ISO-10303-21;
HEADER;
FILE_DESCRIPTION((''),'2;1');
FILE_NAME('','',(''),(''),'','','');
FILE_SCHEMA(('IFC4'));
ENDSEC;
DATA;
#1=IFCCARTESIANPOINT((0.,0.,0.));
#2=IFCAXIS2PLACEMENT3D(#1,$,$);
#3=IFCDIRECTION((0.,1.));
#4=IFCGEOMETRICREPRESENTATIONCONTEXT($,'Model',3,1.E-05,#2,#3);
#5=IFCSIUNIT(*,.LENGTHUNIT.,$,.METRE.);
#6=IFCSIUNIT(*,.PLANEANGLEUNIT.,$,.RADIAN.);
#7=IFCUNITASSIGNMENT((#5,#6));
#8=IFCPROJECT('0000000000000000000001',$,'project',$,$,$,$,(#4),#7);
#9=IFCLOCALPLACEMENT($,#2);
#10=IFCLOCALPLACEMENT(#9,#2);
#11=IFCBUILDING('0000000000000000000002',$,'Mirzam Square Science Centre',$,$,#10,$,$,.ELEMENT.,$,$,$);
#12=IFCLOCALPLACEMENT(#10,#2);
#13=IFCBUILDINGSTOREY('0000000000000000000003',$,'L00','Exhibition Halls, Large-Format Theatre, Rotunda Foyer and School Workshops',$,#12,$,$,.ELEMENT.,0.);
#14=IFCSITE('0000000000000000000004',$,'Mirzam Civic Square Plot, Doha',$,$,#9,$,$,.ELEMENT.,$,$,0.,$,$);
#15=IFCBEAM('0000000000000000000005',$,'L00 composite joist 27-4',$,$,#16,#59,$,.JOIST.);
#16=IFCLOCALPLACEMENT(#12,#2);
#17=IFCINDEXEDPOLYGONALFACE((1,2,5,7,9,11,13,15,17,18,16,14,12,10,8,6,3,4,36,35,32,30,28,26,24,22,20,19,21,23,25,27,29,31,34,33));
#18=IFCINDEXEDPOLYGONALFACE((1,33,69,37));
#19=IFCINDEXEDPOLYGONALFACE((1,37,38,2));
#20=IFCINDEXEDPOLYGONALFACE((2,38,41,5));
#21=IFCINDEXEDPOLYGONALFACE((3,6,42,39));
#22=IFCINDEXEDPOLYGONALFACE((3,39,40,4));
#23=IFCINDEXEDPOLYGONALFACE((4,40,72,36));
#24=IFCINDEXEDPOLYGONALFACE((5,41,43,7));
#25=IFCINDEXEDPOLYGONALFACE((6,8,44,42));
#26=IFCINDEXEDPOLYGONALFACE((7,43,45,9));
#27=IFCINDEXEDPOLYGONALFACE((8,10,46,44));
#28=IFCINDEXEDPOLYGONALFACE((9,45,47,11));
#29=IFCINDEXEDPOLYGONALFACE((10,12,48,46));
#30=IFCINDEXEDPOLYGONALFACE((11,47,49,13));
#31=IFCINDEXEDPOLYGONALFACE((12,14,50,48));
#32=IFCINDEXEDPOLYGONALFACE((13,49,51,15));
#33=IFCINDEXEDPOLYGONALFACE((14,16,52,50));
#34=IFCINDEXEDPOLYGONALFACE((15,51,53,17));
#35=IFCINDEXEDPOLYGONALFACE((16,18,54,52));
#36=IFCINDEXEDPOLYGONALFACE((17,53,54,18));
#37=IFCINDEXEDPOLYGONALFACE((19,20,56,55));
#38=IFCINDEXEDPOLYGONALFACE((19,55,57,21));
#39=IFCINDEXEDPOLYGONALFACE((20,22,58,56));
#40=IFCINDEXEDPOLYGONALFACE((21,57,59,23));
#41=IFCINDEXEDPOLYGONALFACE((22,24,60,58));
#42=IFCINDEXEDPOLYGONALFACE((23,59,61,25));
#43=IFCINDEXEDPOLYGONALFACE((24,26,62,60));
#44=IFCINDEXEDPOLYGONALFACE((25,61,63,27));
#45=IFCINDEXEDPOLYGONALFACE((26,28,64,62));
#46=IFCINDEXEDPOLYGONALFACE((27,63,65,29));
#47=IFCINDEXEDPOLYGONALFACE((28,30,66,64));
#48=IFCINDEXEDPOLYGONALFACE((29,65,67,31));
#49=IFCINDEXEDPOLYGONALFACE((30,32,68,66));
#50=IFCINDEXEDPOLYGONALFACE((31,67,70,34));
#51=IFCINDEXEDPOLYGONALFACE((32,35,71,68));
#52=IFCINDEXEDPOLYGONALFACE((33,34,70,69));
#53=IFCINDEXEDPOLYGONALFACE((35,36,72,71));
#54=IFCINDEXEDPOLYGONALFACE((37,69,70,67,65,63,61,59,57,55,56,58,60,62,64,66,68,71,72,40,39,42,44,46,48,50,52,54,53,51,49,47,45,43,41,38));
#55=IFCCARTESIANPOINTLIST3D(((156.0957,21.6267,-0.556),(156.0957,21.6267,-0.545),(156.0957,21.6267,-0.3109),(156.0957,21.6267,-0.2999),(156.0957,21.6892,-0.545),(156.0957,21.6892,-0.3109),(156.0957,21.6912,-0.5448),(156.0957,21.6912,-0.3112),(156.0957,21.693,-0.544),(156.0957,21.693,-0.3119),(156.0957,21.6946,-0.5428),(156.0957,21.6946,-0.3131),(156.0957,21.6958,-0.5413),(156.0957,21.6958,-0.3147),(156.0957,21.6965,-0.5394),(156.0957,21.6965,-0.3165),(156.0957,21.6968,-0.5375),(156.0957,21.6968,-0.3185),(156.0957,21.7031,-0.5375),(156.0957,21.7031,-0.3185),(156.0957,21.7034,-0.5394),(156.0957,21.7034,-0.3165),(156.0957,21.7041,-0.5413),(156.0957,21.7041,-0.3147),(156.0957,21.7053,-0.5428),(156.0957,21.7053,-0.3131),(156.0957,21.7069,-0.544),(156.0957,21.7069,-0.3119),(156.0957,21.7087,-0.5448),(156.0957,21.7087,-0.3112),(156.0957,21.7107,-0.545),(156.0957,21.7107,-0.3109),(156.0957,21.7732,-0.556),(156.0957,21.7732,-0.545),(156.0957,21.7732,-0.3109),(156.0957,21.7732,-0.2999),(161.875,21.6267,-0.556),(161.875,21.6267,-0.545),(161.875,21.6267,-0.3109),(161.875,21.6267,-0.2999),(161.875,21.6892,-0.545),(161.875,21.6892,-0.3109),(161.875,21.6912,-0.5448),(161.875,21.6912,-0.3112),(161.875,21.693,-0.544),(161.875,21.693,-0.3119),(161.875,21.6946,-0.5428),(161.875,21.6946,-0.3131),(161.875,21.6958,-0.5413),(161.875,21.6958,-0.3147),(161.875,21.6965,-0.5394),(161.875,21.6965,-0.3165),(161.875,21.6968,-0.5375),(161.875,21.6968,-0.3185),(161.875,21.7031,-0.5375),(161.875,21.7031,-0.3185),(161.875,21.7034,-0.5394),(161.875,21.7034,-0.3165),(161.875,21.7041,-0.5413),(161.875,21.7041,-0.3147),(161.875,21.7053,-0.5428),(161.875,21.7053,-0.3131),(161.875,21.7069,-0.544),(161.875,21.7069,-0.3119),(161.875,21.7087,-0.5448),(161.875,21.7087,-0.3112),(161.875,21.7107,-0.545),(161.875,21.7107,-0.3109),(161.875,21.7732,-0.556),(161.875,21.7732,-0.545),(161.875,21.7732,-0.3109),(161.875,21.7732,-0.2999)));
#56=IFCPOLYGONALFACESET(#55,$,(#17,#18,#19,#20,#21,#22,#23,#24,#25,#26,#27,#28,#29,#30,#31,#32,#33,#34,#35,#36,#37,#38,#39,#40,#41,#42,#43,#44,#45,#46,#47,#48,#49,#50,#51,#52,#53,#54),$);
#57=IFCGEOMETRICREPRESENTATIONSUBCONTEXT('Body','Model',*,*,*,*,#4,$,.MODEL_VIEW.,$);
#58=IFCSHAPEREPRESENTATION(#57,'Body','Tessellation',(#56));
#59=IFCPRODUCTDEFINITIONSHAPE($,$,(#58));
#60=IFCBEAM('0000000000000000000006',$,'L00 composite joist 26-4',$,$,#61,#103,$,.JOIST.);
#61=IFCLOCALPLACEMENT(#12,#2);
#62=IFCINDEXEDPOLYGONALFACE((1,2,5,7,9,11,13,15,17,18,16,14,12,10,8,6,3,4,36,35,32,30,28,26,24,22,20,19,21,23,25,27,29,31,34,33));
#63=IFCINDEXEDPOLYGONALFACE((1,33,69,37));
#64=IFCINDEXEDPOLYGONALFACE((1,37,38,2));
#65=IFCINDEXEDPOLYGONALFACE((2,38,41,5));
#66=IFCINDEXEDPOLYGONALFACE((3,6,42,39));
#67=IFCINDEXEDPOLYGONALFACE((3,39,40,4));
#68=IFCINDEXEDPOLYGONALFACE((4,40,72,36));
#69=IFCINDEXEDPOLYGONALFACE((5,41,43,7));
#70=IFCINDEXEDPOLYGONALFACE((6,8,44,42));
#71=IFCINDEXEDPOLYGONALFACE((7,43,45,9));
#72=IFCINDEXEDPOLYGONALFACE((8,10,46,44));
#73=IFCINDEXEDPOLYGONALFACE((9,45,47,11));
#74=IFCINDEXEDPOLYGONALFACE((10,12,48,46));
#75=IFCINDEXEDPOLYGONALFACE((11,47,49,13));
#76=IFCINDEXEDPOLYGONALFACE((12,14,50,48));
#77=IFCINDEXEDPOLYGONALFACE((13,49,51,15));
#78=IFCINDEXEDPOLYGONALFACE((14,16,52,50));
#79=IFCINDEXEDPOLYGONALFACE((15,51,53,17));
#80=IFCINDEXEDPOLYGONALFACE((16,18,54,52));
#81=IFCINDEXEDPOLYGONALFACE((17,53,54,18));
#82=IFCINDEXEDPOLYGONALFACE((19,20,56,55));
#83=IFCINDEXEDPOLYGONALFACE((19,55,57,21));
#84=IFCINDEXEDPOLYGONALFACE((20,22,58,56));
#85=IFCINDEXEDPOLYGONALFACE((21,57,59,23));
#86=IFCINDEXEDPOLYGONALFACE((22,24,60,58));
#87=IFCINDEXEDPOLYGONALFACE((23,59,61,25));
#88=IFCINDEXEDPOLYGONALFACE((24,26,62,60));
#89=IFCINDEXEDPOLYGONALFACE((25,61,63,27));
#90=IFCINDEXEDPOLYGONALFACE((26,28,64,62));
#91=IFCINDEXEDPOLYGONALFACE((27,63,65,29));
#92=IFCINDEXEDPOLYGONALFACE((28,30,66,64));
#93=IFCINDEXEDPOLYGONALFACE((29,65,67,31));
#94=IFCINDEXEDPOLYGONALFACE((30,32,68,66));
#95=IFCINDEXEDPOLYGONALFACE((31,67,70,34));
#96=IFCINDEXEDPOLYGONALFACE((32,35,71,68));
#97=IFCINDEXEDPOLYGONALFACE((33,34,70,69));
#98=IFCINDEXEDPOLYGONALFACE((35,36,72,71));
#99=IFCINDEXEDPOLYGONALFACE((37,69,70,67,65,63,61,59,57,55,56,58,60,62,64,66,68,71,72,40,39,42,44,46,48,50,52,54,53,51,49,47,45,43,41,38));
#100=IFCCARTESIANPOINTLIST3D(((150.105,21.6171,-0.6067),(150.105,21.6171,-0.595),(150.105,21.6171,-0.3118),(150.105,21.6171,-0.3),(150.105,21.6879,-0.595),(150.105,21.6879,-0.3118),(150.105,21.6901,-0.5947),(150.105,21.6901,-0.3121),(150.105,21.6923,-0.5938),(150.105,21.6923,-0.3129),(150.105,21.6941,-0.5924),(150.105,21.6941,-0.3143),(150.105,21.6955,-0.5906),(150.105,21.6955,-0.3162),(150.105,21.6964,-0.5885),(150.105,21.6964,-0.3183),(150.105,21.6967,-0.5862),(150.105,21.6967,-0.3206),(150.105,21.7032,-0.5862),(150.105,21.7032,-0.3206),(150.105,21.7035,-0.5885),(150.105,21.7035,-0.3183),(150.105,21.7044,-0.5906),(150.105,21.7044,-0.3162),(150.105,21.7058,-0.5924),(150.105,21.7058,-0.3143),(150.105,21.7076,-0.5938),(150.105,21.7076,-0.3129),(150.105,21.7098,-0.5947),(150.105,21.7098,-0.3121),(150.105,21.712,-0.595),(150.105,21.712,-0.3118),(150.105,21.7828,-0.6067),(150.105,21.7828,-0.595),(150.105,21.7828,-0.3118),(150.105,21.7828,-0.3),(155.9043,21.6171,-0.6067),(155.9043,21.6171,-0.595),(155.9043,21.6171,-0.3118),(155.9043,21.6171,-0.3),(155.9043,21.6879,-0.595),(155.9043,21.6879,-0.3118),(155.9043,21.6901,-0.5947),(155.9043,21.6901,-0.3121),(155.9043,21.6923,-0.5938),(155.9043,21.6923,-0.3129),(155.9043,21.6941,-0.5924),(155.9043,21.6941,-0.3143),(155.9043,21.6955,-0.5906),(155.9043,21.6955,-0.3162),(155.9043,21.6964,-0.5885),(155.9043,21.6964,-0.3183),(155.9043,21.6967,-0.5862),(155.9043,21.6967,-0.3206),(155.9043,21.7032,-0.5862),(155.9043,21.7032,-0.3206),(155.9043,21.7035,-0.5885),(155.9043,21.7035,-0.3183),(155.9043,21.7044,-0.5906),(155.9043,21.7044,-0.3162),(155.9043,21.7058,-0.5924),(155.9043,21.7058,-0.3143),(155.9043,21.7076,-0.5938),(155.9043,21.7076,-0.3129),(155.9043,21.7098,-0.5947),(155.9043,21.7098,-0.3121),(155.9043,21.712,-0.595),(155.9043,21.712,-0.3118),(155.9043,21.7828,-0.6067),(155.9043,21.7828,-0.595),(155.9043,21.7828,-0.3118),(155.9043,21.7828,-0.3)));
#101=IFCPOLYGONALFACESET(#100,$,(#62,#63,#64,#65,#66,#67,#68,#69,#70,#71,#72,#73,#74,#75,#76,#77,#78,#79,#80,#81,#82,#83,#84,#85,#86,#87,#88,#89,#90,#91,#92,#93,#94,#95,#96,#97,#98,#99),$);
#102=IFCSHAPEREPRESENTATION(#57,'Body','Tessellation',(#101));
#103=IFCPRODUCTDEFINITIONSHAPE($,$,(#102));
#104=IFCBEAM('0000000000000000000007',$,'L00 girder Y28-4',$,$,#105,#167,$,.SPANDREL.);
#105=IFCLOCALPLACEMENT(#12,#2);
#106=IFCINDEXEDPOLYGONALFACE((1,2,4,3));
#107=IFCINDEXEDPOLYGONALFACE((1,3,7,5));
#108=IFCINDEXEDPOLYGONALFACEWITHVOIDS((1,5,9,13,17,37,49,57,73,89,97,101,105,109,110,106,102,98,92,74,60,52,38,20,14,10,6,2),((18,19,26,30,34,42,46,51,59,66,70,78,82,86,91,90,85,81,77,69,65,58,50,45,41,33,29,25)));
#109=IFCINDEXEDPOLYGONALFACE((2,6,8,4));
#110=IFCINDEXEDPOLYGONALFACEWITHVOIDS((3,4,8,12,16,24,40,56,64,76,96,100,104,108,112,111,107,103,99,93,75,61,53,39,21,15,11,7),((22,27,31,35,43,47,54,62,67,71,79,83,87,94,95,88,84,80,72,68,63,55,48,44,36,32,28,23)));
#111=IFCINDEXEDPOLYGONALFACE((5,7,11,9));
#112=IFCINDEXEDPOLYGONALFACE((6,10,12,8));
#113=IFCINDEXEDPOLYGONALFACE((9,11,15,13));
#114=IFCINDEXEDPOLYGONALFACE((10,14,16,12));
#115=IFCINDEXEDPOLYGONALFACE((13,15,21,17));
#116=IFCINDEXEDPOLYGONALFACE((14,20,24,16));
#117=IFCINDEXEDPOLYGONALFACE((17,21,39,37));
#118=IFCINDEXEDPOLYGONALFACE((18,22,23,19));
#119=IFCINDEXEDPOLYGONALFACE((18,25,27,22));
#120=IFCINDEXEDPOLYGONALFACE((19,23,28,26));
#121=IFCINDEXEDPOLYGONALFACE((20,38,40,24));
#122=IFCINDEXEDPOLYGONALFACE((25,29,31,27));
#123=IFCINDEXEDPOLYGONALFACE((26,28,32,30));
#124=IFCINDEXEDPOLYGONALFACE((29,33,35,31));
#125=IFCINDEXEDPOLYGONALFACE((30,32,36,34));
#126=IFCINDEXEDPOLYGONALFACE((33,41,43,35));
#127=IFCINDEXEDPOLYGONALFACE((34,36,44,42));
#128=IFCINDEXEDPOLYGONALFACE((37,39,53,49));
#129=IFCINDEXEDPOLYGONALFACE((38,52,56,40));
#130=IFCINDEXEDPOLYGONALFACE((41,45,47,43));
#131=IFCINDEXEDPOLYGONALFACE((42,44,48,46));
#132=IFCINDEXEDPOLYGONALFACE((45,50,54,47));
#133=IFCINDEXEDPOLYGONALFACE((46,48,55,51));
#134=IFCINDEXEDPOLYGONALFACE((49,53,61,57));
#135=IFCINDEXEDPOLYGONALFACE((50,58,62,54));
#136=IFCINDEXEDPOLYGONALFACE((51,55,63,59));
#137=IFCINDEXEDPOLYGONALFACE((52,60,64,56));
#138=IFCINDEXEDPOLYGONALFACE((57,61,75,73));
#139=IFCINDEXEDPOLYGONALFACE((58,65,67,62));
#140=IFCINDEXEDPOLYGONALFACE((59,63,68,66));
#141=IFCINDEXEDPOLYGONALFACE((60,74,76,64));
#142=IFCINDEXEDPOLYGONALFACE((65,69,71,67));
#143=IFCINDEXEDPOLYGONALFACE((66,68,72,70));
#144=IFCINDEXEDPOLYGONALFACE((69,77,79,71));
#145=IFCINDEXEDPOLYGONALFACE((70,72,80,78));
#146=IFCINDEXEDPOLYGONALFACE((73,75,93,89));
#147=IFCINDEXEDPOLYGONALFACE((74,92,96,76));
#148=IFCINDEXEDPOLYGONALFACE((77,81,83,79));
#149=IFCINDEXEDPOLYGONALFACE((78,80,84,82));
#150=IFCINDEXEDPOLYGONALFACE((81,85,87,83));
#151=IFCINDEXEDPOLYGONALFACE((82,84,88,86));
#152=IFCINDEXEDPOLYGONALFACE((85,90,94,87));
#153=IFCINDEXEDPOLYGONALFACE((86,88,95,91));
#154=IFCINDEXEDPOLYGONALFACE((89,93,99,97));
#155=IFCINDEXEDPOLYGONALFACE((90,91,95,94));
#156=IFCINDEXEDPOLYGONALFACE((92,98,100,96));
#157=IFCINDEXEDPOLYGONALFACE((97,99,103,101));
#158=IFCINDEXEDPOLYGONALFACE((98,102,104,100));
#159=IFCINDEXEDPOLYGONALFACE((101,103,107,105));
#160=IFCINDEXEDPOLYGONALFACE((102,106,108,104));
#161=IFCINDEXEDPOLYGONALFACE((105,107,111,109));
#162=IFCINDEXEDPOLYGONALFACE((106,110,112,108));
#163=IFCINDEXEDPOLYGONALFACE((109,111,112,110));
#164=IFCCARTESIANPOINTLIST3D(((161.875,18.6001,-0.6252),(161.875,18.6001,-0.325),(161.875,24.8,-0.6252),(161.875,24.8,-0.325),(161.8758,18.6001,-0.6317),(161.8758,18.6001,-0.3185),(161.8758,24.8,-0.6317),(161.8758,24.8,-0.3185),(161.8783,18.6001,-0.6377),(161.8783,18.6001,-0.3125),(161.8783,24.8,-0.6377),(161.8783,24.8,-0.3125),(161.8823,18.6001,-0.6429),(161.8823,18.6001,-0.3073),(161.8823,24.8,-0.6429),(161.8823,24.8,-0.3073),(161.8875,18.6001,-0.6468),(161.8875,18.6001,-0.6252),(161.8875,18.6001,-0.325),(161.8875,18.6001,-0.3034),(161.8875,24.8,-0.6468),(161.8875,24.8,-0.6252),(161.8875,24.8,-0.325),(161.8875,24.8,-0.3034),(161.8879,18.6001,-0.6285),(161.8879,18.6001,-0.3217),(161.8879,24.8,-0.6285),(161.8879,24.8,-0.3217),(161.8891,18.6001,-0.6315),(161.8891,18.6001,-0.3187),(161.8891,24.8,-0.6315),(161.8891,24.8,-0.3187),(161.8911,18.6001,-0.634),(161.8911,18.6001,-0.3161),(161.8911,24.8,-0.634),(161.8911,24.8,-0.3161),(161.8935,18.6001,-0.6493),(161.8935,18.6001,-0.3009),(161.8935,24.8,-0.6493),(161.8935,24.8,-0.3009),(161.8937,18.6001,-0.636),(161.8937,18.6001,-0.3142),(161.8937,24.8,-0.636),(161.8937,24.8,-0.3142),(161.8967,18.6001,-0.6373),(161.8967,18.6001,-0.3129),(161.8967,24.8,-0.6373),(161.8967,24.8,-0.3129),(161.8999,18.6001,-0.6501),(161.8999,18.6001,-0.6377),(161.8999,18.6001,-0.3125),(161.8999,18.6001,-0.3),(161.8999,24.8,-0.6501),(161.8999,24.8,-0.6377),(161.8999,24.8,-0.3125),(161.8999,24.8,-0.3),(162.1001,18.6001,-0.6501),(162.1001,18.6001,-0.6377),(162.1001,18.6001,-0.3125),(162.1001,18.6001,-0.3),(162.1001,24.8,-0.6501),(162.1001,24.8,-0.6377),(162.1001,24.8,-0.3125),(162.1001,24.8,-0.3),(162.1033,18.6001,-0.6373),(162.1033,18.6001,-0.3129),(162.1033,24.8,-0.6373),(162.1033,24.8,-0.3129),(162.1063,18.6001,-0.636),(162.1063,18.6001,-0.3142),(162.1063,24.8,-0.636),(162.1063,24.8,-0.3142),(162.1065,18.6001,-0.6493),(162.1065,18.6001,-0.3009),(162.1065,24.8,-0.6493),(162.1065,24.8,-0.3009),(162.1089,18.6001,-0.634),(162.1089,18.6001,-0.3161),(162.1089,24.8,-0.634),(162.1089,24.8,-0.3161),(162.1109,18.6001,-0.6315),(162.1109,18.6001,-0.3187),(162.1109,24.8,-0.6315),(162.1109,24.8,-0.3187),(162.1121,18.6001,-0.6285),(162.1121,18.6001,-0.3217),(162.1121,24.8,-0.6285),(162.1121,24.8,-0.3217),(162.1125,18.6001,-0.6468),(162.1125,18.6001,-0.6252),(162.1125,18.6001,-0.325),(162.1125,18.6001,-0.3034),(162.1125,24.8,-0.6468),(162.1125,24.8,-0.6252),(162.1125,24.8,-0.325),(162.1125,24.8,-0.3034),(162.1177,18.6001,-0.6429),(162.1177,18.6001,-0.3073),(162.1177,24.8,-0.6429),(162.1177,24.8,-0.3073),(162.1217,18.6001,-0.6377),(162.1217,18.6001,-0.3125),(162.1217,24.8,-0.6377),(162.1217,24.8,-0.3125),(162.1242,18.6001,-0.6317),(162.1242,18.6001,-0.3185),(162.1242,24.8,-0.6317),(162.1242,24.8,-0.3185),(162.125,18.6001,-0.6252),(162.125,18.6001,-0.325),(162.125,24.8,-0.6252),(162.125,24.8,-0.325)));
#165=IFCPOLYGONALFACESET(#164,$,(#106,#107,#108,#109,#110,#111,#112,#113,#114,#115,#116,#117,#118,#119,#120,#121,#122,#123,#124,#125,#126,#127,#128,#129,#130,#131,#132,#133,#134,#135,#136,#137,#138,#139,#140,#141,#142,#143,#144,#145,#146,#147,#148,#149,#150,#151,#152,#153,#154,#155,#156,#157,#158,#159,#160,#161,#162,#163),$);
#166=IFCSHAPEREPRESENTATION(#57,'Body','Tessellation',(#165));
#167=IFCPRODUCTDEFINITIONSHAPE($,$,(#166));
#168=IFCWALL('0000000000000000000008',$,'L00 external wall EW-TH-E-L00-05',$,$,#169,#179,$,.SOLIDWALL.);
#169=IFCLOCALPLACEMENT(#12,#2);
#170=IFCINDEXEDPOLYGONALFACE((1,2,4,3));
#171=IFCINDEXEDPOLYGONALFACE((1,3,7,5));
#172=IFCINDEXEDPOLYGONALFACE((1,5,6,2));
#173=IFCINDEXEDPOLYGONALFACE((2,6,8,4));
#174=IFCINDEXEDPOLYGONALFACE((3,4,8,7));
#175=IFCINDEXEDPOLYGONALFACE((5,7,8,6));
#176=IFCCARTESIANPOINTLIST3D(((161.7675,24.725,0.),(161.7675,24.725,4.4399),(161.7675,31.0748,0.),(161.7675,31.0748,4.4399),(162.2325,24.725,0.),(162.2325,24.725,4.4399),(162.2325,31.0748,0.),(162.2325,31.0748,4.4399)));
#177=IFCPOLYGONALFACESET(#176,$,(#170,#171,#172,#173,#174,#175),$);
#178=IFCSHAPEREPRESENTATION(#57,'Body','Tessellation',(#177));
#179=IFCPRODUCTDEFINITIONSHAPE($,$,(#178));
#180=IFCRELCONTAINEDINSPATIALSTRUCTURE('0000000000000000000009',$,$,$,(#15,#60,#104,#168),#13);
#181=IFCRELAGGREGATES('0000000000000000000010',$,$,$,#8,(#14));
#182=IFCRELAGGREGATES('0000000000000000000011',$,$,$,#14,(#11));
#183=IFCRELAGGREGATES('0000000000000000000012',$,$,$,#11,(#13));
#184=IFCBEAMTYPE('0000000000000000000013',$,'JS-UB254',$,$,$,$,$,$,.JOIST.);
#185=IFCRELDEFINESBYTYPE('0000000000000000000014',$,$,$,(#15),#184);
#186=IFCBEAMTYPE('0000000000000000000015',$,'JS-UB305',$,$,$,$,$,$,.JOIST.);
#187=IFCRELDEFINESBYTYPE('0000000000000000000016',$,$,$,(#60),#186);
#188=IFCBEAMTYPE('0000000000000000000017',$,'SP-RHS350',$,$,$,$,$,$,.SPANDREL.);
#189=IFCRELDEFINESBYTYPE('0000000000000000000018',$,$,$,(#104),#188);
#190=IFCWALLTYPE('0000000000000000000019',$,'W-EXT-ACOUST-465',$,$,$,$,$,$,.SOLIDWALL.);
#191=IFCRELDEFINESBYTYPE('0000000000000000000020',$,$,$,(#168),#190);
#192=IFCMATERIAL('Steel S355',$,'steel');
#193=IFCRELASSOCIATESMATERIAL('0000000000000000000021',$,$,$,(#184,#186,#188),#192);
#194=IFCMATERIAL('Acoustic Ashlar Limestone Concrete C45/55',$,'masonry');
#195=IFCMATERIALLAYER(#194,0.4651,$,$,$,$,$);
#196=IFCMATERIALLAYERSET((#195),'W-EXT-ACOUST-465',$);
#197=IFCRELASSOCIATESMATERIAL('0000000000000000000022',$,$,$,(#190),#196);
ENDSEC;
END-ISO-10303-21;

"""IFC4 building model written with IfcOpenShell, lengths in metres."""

from ifc_helpers import new_model, si_unit, direction, frame, frame_2d, origin, origin_2d, place, context, subcontext, project, spatial, rectangle, hollow_rectangle, i_section, extrude, material, layer, layer_set, material_profile, profile_set, type_object, element, save


model = new_model("IFC4")

# Units and contexts
model_context = context("Model", 3, precision=1e-05, world=origin(), true_north=direction((0.0, 1.0)))
body_context = subcontext(model_context, "Body", "Model", "MODEL_VIEW")
ifc_project = project(units=[si_unit("LENGTHUNIT", "METRE"), si_unit("PLANEANGLEUNIT", "RADIAN")], contexts=[model_context])

# Site, building, storey
site_placement = place(None, origin())
site = spatial("IfcSite", under=ifc_project, at=site_placement, Name="Mirzam Civic Square Plot, Doha", CompositionType="ELEMENT", RefElevation=0.0)
building_placement = place(site_placement, origin())
building = spatial("IfcBuilding", under=site, at=building_placement, Name="Mirzam Square Science Centre", CompositionType="ELEMENT")
storey_placement = place(building_placement, origin())
storey = spatial("IfcBuildingStorey", under=building, at=storey_placement, Name="L00", Description="Exhibition Halls, Large-Format Theatre, Rotunda Foyer and School Workshops", CompositionType="ELEMENT", Elevation=0.0)

# Shared definitions
ifc_material_1 = material(Name="Steel S355", Category="steel")

# Beams
ifc_material_profile_1 = material_profile(ifc_material_1, i_section(OverallWidth=0.1465, OverallDepth=0.2561, WebThickness=0.0063, FlangeThickness=0.011, FilletRadius=0.0076, at=origin_2d()), Name="254x146x37UB")
ifc_profile_set_1 = profile_set([ifc_material_profile_1], Name="Steel S355")
beam_type_1 = type_object("IfcBeamType", Name="JS-UB254", PredefinedType="JOIST", material=ifc_profile_set_1)
beam_1_placement = place(storey_placement, frame((156.0957, 21.7, -0.428), z_axis=(1.0, 0.0, 0.0), x_axis=(0.0, 1.0, 0.0)))
element("IfcBeam", 1, at=beam_1_placement, inside=storey, type_object=beam_type_1, Name="L00 composite joist 27-4", PredefinedType="JOIST", context=body_context, shape_type="SweptSolid", body=[
    extrude(i_section(OverallWidth=0.1465, OverallDepth=0.2561, WebThickness=0.0063, FlangeThickness=0.011, FilletRadius=0.0076, at=origin_2d()), origin(), (0.0, 0.0, 1.0), 5.7793),
])
ifc_material_profile_2 = material_profile(ifc_material_1, i_section(OverallWidth=0.1658, OverallDepth=0.3066, WebThickness=0.0066, FlangeThickness=0.0117, FilletRadius=0.0088, at=origin_2d()), Name="305x165x46UB")
ifc_profile_set_2 = profile_set([ifc_material_profile_2], Name="Steel S355")
beam_type_2 = type_object("IfcBeamType", Name="JS-UB305", PredefinedType="JOIST", material=ifc_profile_set_2)
beam_2_placement = place(storey_placement, frame((150.105, 21.7, -0.4534), z_axis=(1.0, 0.0, 0.0), x_axis=(0.0, 1.0, 0.0)))
element("IfcBeam", 2, at=beam_2_placement, inside=storey, type_object=beam_type_2, Name="L00 composite joist 26-4", PredefinedType="JOIST", context=body_context, shape_type="SweptSolid", body=[
    extrude(i_section(OverallWidth=0.1658, OverallDepth=0.3066, WebThickness=0.0066, FlangeThickness=0.0117, FilletRadius=0.0088, at=origin_2d()), origin(), (0.0, 0.0, 1.0), 5.7993),
])
ifc_material_profile_3 = material_profile(ifc_material_1, hollow_rectangle(XDim=0.25, YDim=0.3501, WallThickness=0.0125, InnerFilletRadius=0.0125, OuterFilletRadius=0.0249, at=origin_2d()), Name="350x250x12.5RHS")
ifc_profile_set_3 = profile_set([ifc_material_profile_3], Name="Steel S355")
beam_type_3 = type_object("IfcBeamType", Name="SP-RHS350", PredefinedType="SPANDREL", material=ifc_profile_set_3)
beam_3_placement = place(storey_placement, frame((162.0, 18.6001, -0.4751), z_axis=(0.0, 1.0, 0.0), x_axis=(-1.0, 0.0, 0.0)))
element("IfcBeam", 3, at=beam_3_placement, inside=storey, type_object=beam_type_3, Name="L00 girder Y28-4", PredefinedType="SPANDREL", context=body_context, shape_type="SweptSolid", body=[
    extrude(hollow_rectangle(XDim=0.25, YDim=0.3501, WallThickness=0.0125, InnerFilletRadius=0.0125, OuterFilletRadius=0.0249, at=origin_2d()), origin(), (0.0, 0.0, 1.0), 6.2),
])

# Wall
ifc_material_2 = material(Name="Acoustic Ashlar Limestone Concrete C45/55", Category="masonry")
ifc_layer_1 = layer(ifc_material_2, 0.4651)
ifc_layer_set_1 = layer_set([ifc_layer_1], Name="W-EXT-ACOUST-465")
wall_type = type_object("IfcWallType", Name="W-EXT-ACOUST-465", PredefinedType="SOLIDWALL", material=ifc_layer_set_1)
wall_placement = place(storey_placement, frame((162.0, 24.7251, 0.0), z_axis=(0.0, 0.0, 1.0), x_axis=(0.0, 1.0, 0.0)))
element("IfcWall", 4, at=wall_placement, inside=storey, type_object=wall_type, Name="L00 external wall EW-TH-E-L00-05", PredefinedType="SOLIDWALL", context=body_context, shape_type="SweptSolid", body=[
    extrude(rectangle(XDim=6.3499, YDim=0.4651, at=frame_2d((3.1748, 0.0))), origin(), (0.0, 0.0, 1.0), 4.4399),
])

save(model, "model.ifc")
